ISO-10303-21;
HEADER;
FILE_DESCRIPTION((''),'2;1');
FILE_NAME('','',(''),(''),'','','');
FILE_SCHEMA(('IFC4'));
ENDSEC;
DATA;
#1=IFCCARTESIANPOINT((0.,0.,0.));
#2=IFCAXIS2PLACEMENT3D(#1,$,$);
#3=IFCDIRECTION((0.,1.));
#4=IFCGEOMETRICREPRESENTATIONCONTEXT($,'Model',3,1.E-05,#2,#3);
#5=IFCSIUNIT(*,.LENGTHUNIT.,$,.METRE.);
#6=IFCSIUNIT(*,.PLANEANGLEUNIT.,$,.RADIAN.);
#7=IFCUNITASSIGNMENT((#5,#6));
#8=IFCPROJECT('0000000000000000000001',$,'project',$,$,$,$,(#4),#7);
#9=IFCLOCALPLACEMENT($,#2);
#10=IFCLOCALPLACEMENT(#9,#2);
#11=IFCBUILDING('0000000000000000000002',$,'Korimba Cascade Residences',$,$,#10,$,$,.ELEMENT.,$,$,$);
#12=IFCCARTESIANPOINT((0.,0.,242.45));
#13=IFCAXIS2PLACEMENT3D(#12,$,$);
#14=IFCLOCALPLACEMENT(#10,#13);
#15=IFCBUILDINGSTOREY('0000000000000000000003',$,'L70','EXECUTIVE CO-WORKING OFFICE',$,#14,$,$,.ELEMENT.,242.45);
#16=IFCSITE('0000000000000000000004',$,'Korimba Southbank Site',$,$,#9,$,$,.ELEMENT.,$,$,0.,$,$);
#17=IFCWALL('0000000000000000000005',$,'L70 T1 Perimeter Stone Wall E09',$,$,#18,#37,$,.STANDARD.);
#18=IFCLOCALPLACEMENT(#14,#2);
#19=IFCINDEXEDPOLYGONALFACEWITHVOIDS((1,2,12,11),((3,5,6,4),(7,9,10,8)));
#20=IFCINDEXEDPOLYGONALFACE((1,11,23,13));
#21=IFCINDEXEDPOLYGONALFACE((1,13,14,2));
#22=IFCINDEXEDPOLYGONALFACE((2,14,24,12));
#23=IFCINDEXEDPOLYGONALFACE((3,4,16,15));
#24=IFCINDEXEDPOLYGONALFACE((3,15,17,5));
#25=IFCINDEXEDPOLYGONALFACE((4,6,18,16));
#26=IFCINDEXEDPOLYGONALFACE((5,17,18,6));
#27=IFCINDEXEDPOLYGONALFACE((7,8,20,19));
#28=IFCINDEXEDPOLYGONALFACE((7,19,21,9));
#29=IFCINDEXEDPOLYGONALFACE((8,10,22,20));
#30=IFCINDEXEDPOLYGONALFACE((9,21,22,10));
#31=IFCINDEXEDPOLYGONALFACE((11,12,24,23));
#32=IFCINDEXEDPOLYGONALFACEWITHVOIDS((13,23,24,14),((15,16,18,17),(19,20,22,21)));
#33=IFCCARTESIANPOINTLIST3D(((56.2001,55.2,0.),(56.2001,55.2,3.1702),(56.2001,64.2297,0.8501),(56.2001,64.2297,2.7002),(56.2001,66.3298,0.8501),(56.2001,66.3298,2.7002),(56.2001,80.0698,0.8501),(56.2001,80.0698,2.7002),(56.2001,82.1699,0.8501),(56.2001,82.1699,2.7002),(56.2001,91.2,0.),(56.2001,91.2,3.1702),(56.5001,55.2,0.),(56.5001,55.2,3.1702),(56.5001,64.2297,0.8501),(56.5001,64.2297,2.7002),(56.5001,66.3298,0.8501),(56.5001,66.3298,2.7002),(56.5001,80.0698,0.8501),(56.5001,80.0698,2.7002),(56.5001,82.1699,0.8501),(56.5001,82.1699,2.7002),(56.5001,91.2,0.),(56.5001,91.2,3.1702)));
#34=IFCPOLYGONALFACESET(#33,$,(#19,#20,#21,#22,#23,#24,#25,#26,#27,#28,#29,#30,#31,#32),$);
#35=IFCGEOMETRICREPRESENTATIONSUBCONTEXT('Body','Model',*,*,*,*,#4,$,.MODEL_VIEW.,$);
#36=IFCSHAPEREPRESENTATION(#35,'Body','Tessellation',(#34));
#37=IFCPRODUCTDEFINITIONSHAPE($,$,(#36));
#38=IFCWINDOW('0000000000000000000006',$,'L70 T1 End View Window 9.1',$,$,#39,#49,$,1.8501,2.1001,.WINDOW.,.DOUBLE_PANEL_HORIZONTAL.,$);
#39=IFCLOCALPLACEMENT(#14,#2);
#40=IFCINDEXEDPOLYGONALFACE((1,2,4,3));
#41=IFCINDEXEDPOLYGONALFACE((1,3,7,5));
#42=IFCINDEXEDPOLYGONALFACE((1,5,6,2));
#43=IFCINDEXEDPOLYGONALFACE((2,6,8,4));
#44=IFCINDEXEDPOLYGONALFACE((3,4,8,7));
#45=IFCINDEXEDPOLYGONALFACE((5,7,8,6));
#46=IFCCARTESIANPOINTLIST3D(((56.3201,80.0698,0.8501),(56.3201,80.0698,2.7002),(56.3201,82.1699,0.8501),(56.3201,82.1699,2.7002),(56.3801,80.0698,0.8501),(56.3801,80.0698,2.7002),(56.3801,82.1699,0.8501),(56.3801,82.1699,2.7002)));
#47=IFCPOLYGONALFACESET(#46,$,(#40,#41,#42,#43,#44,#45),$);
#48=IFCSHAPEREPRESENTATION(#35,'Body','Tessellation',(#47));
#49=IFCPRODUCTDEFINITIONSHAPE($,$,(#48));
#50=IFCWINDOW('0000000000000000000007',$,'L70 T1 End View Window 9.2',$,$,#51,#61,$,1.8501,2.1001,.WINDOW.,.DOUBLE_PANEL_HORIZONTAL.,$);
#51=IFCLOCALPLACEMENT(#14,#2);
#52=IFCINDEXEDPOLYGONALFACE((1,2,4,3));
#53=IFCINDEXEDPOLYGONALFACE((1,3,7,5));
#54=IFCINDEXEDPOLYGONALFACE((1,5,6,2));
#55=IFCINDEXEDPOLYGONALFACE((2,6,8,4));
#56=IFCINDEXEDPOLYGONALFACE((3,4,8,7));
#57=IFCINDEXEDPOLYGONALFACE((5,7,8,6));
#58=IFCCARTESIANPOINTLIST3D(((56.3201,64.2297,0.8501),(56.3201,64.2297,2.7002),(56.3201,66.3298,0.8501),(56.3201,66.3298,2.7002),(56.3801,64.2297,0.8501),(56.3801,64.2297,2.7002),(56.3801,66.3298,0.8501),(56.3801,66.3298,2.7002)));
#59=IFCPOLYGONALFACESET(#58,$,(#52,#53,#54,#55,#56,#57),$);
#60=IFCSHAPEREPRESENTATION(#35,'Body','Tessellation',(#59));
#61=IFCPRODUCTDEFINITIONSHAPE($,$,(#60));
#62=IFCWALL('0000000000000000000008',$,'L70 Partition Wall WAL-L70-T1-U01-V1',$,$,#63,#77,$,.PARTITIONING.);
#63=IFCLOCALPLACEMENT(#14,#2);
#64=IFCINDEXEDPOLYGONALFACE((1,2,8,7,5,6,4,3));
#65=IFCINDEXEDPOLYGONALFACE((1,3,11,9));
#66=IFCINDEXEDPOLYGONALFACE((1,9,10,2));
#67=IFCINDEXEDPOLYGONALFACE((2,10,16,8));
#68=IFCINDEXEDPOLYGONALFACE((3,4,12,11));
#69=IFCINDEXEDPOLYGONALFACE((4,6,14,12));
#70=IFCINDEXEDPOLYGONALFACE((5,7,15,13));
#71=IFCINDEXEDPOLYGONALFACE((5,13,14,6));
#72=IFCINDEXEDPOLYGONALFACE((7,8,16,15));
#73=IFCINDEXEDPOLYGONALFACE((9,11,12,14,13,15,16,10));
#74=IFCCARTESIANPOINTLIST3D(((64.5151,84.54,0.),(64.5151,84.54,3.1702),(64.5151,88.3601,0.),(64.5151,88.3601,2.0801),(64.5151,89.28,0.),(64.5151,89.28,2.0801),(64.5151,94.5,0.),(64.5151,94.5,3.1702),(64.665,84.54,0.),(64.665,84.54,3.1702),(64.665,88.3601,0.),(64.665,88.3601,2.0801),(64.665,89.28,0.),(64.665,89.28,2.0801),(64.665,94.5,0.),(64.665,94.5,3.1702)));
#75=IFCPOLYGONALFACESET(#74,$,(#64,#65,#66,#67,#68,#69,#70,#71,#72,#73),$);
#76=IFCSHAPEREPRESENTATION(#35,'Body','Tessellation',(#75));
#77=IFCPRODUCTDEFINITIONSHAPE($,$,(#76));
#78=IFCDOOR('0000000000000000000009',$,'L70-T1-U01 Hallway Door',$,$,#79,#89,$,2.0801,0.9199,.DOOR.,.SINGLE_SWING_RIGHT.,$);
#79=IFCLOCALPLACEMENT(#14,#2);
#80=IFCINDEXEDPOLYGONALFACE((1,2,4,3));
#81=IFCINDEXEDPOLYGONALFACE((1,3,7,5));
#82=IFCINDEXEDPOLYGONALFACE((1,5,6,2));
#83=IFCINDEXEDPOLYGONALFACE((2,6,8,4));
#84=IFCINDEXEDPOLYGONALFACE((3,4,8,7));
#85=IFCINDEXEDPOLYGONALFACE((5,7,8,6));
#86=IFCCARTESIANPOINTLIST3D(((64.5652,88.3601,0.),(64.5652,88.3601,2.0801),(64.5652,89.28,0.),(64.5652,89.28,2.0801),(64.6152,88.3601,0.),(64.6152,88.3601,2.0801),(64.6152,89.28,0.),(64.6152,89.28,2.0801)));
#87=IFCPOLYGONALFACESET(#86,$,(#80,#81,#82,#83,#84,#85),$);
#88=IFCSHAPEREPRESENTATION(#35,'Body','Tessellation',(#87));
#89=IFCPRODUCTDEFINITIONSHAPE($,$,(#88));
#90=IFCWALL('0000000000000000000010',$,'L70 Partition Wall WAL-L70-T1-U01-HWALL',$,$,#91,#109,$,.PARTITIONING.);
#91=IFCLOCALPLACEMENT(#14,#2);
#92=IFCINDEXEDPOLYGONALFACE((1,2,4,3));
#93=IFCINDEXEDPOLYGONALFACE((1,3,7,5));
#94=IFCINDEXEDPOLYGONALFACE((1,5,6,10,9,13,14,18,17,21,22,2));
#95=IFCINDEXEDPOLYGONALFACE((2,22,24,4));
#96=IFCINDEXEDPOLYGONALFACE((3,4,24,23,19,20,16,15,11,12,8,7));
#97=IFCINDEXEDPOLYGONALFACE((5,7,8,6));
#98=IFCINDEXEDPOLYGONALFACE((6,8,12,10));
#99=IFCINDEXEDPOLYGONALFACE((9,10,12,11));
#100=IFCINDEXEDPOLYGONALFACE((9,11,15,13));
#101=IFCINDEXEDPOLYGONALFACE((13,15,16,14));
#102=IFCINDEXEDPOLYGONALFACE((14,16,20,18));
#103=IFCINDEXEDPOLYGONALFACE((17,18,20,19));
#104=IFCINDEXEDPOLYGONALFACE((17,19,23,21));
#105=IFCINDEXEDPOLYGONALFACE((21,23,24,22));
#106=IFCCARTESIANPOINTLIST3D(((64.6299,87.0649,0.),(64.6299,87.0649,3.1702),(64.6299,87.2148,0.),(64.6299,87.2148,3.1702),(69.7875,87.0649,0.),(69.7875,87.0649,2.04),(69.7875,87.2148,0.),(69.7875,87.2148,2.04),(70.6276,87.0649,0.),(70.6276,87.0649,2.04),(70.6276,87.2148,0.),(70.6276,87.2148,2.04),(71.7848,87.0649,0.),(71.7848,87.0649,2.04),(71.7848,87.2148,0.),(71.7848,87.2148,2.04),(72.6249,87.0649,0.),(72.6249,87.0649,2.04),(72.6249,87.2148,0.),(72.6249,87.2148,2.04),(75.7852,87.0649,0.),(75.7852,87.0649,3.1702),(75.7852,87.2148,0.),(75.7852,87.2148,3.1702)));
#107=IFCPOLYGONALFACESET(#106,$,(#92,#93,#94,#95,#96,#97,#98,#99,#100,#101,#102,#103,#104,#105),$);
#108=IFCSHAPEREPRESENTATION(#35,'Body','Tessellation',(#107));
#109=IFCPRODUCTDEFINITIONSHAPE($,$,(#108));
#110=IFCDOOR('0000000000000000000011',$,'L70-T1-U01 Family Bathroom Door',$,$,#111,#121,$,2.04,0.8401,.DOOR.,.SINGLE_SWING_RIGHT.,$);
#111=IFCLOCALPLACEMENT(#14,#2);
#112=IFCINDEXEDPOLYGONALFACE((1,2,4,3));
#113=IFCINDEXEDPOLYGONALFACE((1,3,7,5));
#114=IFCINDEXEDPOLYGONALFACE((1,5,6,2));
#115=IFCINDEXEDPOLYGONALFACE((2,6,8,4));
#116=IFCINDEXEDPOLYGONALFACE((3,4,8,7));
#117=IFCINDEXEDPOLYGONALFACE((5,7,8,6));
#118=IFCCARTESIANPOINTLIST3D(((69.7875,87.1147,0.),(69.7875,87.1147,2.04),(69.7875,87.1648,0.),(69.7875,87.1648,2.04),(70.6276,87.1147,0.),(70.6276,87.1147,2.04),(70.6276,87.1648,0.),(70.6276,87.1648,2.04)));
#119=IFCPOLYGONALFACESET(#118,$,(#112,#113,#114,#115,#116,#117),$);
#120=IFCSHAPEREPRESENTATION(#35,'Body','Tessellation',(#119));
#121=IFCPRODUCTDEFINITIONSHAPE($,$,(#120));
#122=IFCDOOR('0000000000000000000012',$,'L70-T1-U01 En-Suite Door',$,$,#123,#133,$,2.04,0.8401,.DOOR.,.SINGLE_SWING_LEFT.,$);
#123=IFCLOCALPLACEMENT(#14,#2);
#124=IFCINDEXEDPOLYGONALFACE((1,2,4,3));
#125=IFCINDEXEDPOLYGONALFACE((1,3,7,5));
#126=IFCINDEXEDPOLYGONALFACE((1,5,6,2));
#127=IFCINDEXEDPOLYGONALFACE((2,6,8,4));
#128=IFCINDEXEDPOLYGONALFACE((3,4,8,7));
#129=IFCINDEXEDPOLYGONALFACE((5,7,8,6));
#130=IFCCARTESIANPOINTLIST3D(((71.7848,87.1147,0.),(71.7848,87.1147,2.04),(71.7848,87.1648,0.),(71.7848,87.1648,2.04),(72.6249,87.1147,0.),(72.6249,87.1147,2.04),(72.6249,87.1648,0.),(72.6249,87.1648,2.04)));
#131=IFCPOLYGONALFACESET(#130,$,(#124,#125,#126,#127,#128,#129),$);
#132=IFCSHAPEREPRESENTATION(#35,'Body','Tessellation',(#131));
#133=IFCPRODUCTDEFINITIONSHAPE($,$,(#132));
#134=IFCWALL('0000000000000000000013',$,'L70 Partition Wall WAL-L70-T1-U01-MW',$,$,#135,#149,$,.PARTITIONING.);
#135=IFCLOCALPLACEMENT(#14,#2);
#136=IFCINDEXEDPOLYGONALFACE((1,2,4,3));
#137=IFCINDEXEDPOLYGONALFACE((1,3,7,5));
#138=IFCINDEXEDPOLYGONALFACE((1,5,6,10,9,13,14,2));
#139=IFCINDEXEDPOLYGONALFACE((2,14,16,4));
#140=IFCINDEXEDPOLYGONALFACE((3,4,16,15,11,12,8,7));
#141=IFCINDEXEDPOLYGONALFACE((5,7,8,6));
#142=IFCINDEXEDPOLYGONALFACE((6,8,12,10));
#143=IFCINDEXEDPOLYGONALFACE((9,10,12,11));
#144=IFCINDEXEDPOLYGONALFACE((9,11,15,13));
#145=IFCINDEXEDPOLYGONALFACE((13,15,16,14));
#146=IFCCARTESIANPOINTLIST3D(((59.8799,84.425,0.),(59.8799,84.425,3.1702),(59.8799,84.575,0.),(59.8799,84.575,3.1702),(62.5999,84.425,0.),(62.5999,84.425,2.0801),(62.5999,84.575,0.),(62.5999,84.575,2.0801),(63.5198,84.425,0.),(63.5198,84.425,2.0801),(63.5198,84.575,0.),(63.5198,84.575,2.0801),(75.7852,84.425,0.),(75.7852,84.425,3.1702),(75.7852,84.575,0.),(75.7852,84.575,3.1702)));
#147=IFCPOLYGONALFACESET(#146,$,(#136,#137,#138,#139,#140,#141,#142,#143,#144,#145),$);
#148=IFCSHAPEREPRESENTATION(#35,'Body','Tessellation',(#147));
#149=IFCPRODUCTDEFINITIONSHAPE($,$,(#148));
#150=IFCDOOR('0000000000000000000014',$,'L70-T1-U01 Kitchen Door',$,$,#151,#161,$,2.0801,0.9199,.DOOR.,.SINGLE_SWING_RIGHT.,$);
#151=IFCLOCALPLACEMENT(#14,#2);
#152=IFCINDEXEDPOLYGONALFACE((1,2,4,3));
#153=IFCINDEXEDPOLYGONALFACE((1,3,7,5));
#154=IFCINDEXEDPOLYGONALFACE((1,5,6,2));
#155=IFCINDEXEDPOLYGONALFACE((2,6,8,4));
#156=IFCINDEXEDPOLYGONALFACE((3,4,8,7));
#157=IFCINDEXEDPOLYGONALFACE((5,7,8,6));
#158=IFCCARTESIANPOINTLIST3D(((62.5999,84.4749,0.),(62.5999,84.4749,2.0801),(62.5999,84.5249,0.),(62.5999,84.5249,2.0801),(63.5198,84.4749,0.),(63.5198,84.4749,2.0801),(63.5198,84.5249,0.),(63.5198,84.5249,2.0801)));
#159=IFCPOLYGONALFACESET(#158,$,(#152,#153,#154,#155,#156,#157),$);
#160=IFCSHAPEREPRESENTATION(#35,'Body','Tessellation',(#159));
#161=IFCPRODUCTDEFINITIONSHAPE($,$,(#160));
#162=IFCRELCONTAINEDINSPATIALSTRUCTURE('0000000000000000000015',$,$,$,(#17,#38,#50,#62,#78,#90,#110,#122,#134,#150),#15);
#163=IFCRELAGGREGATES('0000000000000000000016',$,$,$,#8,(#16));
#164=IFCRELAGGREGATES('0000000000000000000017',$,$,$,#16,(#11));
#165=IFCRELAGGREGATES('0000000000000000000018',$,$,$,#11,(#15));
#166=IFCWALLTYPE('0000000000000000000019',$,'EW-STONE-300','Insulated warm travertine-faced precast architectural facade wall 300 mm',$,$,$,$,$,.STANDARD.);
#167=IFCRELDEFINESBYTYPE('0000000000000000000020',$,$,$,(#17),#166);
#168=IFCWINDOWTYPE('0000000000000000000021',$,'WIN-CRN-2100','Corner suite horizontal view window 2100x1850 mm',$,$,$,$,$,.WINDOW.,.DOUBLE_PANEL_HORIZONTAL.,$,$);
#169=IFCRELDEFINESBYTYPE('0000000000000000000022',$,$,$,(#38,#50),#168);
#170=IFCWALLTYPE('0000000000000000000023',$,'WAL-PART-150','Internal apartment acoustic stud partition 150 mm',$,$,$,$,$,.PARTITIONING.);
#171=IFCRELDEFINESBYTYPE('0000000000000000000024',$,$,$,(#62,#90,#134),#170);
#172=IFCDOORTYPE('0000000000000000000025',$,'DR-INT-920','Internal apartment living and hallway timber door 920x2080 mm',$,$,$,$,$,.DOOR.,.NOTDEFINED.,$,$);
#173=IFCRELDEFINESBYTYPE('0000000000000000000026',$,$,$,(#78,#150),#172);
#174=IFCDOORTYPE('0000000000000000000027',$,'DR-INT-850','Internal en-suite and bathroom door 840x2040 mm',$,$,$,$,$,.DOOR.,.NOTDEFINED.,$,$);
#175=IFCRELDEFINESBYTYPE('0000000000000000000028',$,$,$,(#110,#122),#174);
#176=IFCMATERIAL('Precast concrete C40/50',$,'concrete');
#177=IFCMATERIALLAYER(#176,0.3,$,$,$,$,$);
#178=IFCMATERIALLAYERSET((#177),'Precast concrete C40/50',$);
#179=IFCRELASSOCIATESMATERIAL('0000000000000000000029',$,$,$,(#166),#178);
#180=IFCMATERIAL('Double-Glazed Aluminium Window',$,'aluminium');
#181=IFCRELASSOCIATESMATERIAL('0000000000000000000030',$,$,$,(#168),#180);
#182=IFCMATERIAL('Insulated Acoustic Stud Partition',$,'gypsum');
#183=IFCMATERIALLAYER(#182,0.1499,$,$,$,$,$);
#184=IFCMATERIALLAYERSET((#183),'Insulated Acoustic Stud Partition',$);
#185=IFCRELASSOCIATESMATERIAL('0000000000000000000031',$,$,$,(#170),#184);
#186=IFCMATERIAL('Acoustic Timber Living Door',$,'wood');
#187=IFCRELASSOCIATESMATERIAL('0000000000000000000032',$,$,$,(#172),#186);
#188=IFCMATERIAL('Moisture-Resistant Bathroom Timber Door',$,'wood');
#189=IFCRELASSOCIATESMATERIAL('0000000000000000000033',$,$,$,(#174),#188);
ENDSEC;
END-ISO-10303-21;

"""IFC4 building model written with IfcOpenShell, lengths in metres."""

from ifc_helpers import new_model, si_unit, direction, frame, frame_2d, origin, place, context, subcontext, project, spatial, rectangle, extrude, material, layer, layer_set, type_object, element, fill, save


model = new_model("IFC4")

# Units and contexts
model_context = context("Model", 3, precision=1e-05, world=origin(), true_north=direction((0.0, 1.0)))
body_context = subcontext(model_context, "Body", "Model", "MODEL_VIEW")
ifc_project = project(units=[si_unit("LENGTHUNIT", "METRE"), si_unit("PLANEANGLEUNIT", "RADIAN")], contexts=[model_context])

# Site, building, storey
site_placement = place(None, origin())
site = spatial("IfcSite", under=ifc_project, at=site_placement, Name="Korimba Southbank Site", CompositionType="ELEMENT", RefElevation=0.0)
building_placement = place(site_placement, origin())
building = spatial("IfcBuilding", under=site, at=building_placement, Name="Korimba Cascade Residences", CompositionType="ELEMENT")
storey_placement = place(building_placement, frame((0.0, 0.0, 242.45)))
storey = spatial("IfcBuildingStorey", under=building, at=storey_placement, Name="L70", Description="EXECUTIVE CO-WORKING OFFICE", CompositionType="ELEMENT", Elevation=242.45)

# Shared definitions
ifc_material_1 = material(Name="Precast concrete C40/50", Category="concrete")
ifc_layer_1 = layer(ifc_material_1, 0.3)
ifc_layer_set_1 = layer_set([ifc_layer_1], Name="Precast concrete C40/50")
wall_type_1 = type_object("IfcWallType", Name="EW-STONE-300", Description="Insulated warm travertine-faced precast architectural facade wall 300 mm", PredefinedType="STANDARD", material=ifc_layer_set_1)

# Wall, openings, windows
wall_1_placement = place(storey_placement, frame((56.3501, 91.2, 0.0), z_axis=(0.0, 0.0, 1.0), x_axis=(0.0, -1.0, 0.0)))
wall_1 = element("IfcWall", 1, at=wall_1_placement, inside=storey, type_object=wall_type_1, Name="L70 T1 Perimeter Stone Wall E09", PredefinedType="STANDARD", context=body_context, shape_type="SweptSolid", body=[
    extrude(rectangle(XDim=36.0, YDim=0.3, at=frame_2d((18.0, 0.0))), origin(), (0.0, 0.0, 1.0), 3.1702),
])
opening_1_placement = place(wall_1_placement, frame((9.03, 0.0, 0.8501)))
opening_1 = element("IfcOpeningElement", 2, at=opening_1_placement, cuts=wall_1, PredefinedType="OPENING", context=body_context, shape_type="SweptSolid", body=[
    extrude(rectangle(XDim=2.1001, YDim=1.8501, at=frame_2d((1.05, 0.925))), frame((0.0, 0.1602, 0.0), z_axis=(0.0, -1.0, 0.0), x_axis=(1.0, 0.0, 0.0)), (0.0, 0.0, 1.0), 0.3201),
])
opening_2_placement = place(wall_1_placement, frame((24.8701, 0.0, 0.8501)))
opening_2 = element("IfcOpeningElement", 3, at=opening_2_placement, cuts=wall_1, PredefinedType="OPENING", context=body_context, shape_type="SweptSolid", body=[
    extrude(rectangle(XDim=2.1001, YDim=1.8501, at=frame_2d((1.05, 0.925))), frame((0.0, 0.1602, 0.0), z_axis=(0.0, -1.0, 0.0), x_axis=(1.0, 0.0, 0.0)), (0.0, 0.0, 1.0), 0.3201),
])
ifc_material_2 = material(Name="Double-Glazed Aluminium Window", Category="aluminium")
window_type = type_object("IfcWindowType", Name="WIN-CRN-2100", Description="Corner suite horizontal view window 2100x1850 mm", PartitioningType="DOUBLE_PANEL_HORIZONTAL", PredefinedType="WINDOW", material=ifc_material_2)
window_1_placement = place(opening_1_placement, origin())
window_1 = element("IfcWindow", 4, at=window_1_placement, inside=storey, type_object=window_type, Name="L70 T1 End View Window 9.1", OverallHeight=1.8501, OverallWidth=2.1001, PartitioningType="DOUBLE_PANEL_HORIZONTAL", PredefinedType="WINDOW", context=body_context, shape_type="SweptSolid", body=[
    extrude(rectangle(XDim=2.1001, YDim=1.8501, at=frame_2d((1.05, 0.925))), frame((0.0, 0.03, 0.0), z_axis=(0.0, -1.0, 0.0), x_axis=(1.0, 0.0, 0.0)), (0.0, 0.0, 1.0), 0.0601),
])
fill(opening_1, window_1)
window_2_placement = place(opening_2_placement, origin())
window_2 = element("IfcWindow", 5, at=window_2_placement, inside=storey, type_object=window_type, Name="L70 T1 End View Window 9.2", OverallHeight=1.8501, OverallWidth=2.1001, PartitioningType="DOUBLE_PANEL_HORIZONTAL", PredefinedType="WINDOW", context=body_context, shape_type="SweptSolid", body=[
    extrude(rectangle(XDim=2.1001, YDim=1.8501, at=frame_2d((1.05, 0.925))), frame((0.0, 0.03, 0.0), z_axis=(0.0, -1.0, 0.0), x_axis=(1.0, 0.0, 0.0)), (0.0, 0.0, 1.0), 0.0601),
])
fill(opening_2, window_2)

# Wall, opening, door
ifc_material_3 = material(Name="Insulated Acoustic Stud Partition", Category="gypsum")
ifc_layer_2 = layer(ifc_material_3, 0.1499)
ifc_layer_set_2 = layer_set([ifc_layer_2], Name="Insulated Acoustic Stud Partition")
wall_type_2 = type_object("IfcWallType", Name="WAL-PART-150", Description="Internal apartment acoustic stud partition 150 mm", PredefinedType="PARTITIONING", material=ifc_layer_set_2)
wall_2_placement = place(storey_placement, frame((64.5901, 84.54, 0.0), z_axis=(0.0, 0.0, 1.0), x_axis=(0.0, 1.0, 0.0)))
wall_2 = element("IfcWall", 6, at=wall_2_placement, inside=storey, type_object=wall_type_2, Name="L70 Partition Wall WAL-L70-T1-U01-V1", PredefinedType="PARTITIONING", context=body_context, shape_type="SweptSolid", body=[
    extrude(rectangle(XDim=9.96, YDim=0.1499, at=frame_2d((4.98, 0.0))), origin(), (0.0, 0.0, 1.0), 3.1702),
])
opening_3_placement = place(wall_2_placement, frame((3.8201, 0.0, 0.0)))
opening_3 = element("IfcOpeningElement", 7, at=opening_3_placement, cuts=wall_2, PredefinedType="OPENING", context=body_context, shape_type="SweptSolid", body=[
    extrude(rectangle(XDim=0.9199, YDim=2.0801, at=frame_2d((0.46, 1.04))), frame((0.0, 0.085, 0.0), z_axis=(0.0, -1.0, 0.0), x_axis=(1.0, 0.0, 0.0)), (0.0, 0.0, 1.0), 0.1699),
])
ifc_material_4 = material(Name="Acoustic Timber Living Door", Category="wood")
door_type_1 = type_object("IfcDoorType", Name="DR-INT-920", Description="Internal apartment living and hallway timber door 920x2080 mm", OperationType="NOTDEFINED", PredefinedType="DOOR", material=ifc_material_4)
door_1_placement = place(opening_3_placement, origin())
door_1 = element("IfcDoor", 8, at=door_1_placement, inside=storey, type_object=door_type_1, Name="L70-T1-U01 Hallway Door", OperationType="SINGLE_SWING_RIGHT", OverallHeight=2.0801, OverallWidth=0.9199, PredefinedType="DOOR", context=body_context, shape_type="SweptSolid", body=[
    extrude(rectangle(XDim=0.9199, YDim=2.0801, at=frame_2d((0.46, 1.04))), frame((0.0, 0.0249, 0.0), z_axis=(0.0, -1.0, 0.0), x_axis=(1.0, 0.0, 0.0)), (0.0, 0.0, 1.0), 0.05),
])
fill(opening_3, door_1)

# Wall, openings, doors
wall_3_placement = place(storey_placement, frame((64.6299, 87.1399, 0.0), z_axis=(0.0, 0.0, 1.0), x_axis=(1.0, 0.0, 0.0)))
wall_3 = element("IfcWall", 9, at=wall_3_placement, inside=storey, type_object=wall_type_2, Name="L70 Partition Wall WAL-L70-T1-U01-HWALL", PredefinedType="PARTITIONING", context=body_context, shape_type="SweptSolid", body=[
    extrude(rectangle(XDim=11.1553, YDim=0.1499, at=frame_2d((5.5776, 0.0))), origin(), (0.0, 0.0, 1.0), 3.1702),
])
opening_4_placement = place(wall_3_placement, frame((5.1577, 0.0, 0.0)))
opening_4 = element("IfcOpeningElement", 10, at=opening_4_placement, cuts=wall_3, PredefinedType="OPENING", context=body_context, shape_type="SweptSolid", body=[
    extrude(rectangle(XDim=0.8401, YDim=2.04, at=frame_2d((0.4199, 1.02))), frame((0.0, 0.085, 0.0), z_axis=(0.0, -1.0, 0.0), x_axis=(1.0, 0.0, 0.0)), (0.0, 0.0, 1.0), 0.1699),
])
opening_5_placement = place(wall_3_placement, frame((7.155, 0.0, 0.0)))
opening_5 = element("IfcOpeningElement", 11, at=opening_5_placement, cuts=wall_3, PredefinedType="OPENING", context=body_context, shape_type="SweptSolid", body=[
    extrude(rectangle(XDim=0.8401, YDim=2.04, at=frame_2d((0.4199, 1.02))), frame((0.0, 0.085, 0.0), z_axis=(0.0, -1.0, 0.0), x_axis=(1.0, 0.0, 0.0)), (0.0, 0.0, 1.0), 0.1699),
])
ifc_material_5 = material(Name="Moisture-Resistant Bathroom Timber Door", Category="wood")
door_type_2 = type_object("IfcDoorType", Name="DR-INT-850", Description="Internal en-suite and bathroom door 840x2040 mm", OperationType="NOTDEFINED", PredefinedType="DOOR", material=ifc_material_5)
door_2_placement = place(opening_4_placement, origin())
door_2 = element("IfcDoor", 12, at=door_2_placement, inside=storey, type_object=door_type_2, Name="L70-T1-U01 Family Bathroom Door", OperationType="SINGLE_SWING_RIGHT", OverallHeight=2.04, OverallWidth=0.8401, PredefinedType="DOOR", context=body_context, shape_type="SweptSolid", body=[
    extrude(rectangle(XDim=0.8401, YDim=2.04, at=frame_2d((0.4199, 1.02))), frame((0.0, 0.0249, 0.0), z_axis=(0.0, -1.0, 0.0), x_axis=(1.0, 0.0, 0.0)), (0.0, 0.0, 1.0), 0.05),
])
fill(opening_4, door_2)
door_3_placement = place(opening_5_placement, origin())
door_3 = element("IfcDoor", 13, at=door_3_placement, inside=storey, type_object=door_type_2, Name="L70-T1-U01 En-Suite Door", OperationType="SINGLE_SWING_LEFT", OverallHeight=2.04, OverallWidth=0.8401, PredefinedType="DOOR", context=body_context, shape_type="SweptSolid", body=[
    extrude(rectangle(XDim=0.8401, YDim=2.04, at=frame_2d((0.4199, 1.02))), frame((0.0, 0.0249, 0.0), z_axis=(0.0, -1.0, 0.0), x_axis=(1.0, 0.0, 0.0)), (0.0, 0.0, 1.0), 0.05),
])
fill(opening_5, door_3)

# Wall, opening, door
wall_4_placement = place(storey_placement, frame((59.8799, 84.5, 0.0), z_axis=(0.0, 0.0, 1.0), x_axis=(1.0, 0.0, 0.0)))
wall_4 = element("IfcWall", 14, at=wall_4_placement, inside=storey, type_object=wall_type_2, Name="L70 Partition Wall WAL-L70-T1-U01-MW", PredefinedType="PARTITIONING", context=body_context, shape_type="SweptSolid", body=[
    extrude(rectangle(XDim=15.9053, YDim=0.1499, at=frame_2d((7.9526, 0.0))), origin(), (0.0, 0.0, 1.0), 3.1702),
])
opening_6_placement = place(wall_4_placement, frame((2.72, 0.0, 0.0)))
opening_6 = element("IfcOpeningElement", 15, at=opening_6_placement, cuts=wall_4, PredefinedType="OPENING", context=body_context, shape_type="SweptSolid", body=[
    extrude(rectangle(XDim=0.9199, YDim=2.0801, at=frame_2d((0.46, 1.04))), frame((0.0, 0.085, 0.0), z_axis=(0.0, -1.0, 0.0), x_axis=(1.0, 0.0, 0.0)), (0.0, 0.0, 1.0), 0.1699),
])
door_4_placement = place(opening_6_placement, origin())
door_4 = element("IfcDoor", 16, at=door_4_placement, inside=storey, type_object=door_type_1, Name="L70-T1-U01 Kitchen Door", OperationType="SINGLE_SWING_RIGHT", OverallHeight=2.0801, OverallWidth=0.9199, PredefinedType="DOOR", context=body_context, shape_type="SweptSolid", body=[
    extrude(rectangle(XDim=0.9199, YDim=2.0801, at=frame_2d((0.46, 1.04))), frame((0.0, 0.0249, 0.0), z_axis=(0.0, -1.0, 0.0), x_axis=(1.0, 0.0, 0.0)), (0.0, 0.0, 1.0), 0.05),
])
fill(opening_6, door_4)

save(model, "model.ifc")
